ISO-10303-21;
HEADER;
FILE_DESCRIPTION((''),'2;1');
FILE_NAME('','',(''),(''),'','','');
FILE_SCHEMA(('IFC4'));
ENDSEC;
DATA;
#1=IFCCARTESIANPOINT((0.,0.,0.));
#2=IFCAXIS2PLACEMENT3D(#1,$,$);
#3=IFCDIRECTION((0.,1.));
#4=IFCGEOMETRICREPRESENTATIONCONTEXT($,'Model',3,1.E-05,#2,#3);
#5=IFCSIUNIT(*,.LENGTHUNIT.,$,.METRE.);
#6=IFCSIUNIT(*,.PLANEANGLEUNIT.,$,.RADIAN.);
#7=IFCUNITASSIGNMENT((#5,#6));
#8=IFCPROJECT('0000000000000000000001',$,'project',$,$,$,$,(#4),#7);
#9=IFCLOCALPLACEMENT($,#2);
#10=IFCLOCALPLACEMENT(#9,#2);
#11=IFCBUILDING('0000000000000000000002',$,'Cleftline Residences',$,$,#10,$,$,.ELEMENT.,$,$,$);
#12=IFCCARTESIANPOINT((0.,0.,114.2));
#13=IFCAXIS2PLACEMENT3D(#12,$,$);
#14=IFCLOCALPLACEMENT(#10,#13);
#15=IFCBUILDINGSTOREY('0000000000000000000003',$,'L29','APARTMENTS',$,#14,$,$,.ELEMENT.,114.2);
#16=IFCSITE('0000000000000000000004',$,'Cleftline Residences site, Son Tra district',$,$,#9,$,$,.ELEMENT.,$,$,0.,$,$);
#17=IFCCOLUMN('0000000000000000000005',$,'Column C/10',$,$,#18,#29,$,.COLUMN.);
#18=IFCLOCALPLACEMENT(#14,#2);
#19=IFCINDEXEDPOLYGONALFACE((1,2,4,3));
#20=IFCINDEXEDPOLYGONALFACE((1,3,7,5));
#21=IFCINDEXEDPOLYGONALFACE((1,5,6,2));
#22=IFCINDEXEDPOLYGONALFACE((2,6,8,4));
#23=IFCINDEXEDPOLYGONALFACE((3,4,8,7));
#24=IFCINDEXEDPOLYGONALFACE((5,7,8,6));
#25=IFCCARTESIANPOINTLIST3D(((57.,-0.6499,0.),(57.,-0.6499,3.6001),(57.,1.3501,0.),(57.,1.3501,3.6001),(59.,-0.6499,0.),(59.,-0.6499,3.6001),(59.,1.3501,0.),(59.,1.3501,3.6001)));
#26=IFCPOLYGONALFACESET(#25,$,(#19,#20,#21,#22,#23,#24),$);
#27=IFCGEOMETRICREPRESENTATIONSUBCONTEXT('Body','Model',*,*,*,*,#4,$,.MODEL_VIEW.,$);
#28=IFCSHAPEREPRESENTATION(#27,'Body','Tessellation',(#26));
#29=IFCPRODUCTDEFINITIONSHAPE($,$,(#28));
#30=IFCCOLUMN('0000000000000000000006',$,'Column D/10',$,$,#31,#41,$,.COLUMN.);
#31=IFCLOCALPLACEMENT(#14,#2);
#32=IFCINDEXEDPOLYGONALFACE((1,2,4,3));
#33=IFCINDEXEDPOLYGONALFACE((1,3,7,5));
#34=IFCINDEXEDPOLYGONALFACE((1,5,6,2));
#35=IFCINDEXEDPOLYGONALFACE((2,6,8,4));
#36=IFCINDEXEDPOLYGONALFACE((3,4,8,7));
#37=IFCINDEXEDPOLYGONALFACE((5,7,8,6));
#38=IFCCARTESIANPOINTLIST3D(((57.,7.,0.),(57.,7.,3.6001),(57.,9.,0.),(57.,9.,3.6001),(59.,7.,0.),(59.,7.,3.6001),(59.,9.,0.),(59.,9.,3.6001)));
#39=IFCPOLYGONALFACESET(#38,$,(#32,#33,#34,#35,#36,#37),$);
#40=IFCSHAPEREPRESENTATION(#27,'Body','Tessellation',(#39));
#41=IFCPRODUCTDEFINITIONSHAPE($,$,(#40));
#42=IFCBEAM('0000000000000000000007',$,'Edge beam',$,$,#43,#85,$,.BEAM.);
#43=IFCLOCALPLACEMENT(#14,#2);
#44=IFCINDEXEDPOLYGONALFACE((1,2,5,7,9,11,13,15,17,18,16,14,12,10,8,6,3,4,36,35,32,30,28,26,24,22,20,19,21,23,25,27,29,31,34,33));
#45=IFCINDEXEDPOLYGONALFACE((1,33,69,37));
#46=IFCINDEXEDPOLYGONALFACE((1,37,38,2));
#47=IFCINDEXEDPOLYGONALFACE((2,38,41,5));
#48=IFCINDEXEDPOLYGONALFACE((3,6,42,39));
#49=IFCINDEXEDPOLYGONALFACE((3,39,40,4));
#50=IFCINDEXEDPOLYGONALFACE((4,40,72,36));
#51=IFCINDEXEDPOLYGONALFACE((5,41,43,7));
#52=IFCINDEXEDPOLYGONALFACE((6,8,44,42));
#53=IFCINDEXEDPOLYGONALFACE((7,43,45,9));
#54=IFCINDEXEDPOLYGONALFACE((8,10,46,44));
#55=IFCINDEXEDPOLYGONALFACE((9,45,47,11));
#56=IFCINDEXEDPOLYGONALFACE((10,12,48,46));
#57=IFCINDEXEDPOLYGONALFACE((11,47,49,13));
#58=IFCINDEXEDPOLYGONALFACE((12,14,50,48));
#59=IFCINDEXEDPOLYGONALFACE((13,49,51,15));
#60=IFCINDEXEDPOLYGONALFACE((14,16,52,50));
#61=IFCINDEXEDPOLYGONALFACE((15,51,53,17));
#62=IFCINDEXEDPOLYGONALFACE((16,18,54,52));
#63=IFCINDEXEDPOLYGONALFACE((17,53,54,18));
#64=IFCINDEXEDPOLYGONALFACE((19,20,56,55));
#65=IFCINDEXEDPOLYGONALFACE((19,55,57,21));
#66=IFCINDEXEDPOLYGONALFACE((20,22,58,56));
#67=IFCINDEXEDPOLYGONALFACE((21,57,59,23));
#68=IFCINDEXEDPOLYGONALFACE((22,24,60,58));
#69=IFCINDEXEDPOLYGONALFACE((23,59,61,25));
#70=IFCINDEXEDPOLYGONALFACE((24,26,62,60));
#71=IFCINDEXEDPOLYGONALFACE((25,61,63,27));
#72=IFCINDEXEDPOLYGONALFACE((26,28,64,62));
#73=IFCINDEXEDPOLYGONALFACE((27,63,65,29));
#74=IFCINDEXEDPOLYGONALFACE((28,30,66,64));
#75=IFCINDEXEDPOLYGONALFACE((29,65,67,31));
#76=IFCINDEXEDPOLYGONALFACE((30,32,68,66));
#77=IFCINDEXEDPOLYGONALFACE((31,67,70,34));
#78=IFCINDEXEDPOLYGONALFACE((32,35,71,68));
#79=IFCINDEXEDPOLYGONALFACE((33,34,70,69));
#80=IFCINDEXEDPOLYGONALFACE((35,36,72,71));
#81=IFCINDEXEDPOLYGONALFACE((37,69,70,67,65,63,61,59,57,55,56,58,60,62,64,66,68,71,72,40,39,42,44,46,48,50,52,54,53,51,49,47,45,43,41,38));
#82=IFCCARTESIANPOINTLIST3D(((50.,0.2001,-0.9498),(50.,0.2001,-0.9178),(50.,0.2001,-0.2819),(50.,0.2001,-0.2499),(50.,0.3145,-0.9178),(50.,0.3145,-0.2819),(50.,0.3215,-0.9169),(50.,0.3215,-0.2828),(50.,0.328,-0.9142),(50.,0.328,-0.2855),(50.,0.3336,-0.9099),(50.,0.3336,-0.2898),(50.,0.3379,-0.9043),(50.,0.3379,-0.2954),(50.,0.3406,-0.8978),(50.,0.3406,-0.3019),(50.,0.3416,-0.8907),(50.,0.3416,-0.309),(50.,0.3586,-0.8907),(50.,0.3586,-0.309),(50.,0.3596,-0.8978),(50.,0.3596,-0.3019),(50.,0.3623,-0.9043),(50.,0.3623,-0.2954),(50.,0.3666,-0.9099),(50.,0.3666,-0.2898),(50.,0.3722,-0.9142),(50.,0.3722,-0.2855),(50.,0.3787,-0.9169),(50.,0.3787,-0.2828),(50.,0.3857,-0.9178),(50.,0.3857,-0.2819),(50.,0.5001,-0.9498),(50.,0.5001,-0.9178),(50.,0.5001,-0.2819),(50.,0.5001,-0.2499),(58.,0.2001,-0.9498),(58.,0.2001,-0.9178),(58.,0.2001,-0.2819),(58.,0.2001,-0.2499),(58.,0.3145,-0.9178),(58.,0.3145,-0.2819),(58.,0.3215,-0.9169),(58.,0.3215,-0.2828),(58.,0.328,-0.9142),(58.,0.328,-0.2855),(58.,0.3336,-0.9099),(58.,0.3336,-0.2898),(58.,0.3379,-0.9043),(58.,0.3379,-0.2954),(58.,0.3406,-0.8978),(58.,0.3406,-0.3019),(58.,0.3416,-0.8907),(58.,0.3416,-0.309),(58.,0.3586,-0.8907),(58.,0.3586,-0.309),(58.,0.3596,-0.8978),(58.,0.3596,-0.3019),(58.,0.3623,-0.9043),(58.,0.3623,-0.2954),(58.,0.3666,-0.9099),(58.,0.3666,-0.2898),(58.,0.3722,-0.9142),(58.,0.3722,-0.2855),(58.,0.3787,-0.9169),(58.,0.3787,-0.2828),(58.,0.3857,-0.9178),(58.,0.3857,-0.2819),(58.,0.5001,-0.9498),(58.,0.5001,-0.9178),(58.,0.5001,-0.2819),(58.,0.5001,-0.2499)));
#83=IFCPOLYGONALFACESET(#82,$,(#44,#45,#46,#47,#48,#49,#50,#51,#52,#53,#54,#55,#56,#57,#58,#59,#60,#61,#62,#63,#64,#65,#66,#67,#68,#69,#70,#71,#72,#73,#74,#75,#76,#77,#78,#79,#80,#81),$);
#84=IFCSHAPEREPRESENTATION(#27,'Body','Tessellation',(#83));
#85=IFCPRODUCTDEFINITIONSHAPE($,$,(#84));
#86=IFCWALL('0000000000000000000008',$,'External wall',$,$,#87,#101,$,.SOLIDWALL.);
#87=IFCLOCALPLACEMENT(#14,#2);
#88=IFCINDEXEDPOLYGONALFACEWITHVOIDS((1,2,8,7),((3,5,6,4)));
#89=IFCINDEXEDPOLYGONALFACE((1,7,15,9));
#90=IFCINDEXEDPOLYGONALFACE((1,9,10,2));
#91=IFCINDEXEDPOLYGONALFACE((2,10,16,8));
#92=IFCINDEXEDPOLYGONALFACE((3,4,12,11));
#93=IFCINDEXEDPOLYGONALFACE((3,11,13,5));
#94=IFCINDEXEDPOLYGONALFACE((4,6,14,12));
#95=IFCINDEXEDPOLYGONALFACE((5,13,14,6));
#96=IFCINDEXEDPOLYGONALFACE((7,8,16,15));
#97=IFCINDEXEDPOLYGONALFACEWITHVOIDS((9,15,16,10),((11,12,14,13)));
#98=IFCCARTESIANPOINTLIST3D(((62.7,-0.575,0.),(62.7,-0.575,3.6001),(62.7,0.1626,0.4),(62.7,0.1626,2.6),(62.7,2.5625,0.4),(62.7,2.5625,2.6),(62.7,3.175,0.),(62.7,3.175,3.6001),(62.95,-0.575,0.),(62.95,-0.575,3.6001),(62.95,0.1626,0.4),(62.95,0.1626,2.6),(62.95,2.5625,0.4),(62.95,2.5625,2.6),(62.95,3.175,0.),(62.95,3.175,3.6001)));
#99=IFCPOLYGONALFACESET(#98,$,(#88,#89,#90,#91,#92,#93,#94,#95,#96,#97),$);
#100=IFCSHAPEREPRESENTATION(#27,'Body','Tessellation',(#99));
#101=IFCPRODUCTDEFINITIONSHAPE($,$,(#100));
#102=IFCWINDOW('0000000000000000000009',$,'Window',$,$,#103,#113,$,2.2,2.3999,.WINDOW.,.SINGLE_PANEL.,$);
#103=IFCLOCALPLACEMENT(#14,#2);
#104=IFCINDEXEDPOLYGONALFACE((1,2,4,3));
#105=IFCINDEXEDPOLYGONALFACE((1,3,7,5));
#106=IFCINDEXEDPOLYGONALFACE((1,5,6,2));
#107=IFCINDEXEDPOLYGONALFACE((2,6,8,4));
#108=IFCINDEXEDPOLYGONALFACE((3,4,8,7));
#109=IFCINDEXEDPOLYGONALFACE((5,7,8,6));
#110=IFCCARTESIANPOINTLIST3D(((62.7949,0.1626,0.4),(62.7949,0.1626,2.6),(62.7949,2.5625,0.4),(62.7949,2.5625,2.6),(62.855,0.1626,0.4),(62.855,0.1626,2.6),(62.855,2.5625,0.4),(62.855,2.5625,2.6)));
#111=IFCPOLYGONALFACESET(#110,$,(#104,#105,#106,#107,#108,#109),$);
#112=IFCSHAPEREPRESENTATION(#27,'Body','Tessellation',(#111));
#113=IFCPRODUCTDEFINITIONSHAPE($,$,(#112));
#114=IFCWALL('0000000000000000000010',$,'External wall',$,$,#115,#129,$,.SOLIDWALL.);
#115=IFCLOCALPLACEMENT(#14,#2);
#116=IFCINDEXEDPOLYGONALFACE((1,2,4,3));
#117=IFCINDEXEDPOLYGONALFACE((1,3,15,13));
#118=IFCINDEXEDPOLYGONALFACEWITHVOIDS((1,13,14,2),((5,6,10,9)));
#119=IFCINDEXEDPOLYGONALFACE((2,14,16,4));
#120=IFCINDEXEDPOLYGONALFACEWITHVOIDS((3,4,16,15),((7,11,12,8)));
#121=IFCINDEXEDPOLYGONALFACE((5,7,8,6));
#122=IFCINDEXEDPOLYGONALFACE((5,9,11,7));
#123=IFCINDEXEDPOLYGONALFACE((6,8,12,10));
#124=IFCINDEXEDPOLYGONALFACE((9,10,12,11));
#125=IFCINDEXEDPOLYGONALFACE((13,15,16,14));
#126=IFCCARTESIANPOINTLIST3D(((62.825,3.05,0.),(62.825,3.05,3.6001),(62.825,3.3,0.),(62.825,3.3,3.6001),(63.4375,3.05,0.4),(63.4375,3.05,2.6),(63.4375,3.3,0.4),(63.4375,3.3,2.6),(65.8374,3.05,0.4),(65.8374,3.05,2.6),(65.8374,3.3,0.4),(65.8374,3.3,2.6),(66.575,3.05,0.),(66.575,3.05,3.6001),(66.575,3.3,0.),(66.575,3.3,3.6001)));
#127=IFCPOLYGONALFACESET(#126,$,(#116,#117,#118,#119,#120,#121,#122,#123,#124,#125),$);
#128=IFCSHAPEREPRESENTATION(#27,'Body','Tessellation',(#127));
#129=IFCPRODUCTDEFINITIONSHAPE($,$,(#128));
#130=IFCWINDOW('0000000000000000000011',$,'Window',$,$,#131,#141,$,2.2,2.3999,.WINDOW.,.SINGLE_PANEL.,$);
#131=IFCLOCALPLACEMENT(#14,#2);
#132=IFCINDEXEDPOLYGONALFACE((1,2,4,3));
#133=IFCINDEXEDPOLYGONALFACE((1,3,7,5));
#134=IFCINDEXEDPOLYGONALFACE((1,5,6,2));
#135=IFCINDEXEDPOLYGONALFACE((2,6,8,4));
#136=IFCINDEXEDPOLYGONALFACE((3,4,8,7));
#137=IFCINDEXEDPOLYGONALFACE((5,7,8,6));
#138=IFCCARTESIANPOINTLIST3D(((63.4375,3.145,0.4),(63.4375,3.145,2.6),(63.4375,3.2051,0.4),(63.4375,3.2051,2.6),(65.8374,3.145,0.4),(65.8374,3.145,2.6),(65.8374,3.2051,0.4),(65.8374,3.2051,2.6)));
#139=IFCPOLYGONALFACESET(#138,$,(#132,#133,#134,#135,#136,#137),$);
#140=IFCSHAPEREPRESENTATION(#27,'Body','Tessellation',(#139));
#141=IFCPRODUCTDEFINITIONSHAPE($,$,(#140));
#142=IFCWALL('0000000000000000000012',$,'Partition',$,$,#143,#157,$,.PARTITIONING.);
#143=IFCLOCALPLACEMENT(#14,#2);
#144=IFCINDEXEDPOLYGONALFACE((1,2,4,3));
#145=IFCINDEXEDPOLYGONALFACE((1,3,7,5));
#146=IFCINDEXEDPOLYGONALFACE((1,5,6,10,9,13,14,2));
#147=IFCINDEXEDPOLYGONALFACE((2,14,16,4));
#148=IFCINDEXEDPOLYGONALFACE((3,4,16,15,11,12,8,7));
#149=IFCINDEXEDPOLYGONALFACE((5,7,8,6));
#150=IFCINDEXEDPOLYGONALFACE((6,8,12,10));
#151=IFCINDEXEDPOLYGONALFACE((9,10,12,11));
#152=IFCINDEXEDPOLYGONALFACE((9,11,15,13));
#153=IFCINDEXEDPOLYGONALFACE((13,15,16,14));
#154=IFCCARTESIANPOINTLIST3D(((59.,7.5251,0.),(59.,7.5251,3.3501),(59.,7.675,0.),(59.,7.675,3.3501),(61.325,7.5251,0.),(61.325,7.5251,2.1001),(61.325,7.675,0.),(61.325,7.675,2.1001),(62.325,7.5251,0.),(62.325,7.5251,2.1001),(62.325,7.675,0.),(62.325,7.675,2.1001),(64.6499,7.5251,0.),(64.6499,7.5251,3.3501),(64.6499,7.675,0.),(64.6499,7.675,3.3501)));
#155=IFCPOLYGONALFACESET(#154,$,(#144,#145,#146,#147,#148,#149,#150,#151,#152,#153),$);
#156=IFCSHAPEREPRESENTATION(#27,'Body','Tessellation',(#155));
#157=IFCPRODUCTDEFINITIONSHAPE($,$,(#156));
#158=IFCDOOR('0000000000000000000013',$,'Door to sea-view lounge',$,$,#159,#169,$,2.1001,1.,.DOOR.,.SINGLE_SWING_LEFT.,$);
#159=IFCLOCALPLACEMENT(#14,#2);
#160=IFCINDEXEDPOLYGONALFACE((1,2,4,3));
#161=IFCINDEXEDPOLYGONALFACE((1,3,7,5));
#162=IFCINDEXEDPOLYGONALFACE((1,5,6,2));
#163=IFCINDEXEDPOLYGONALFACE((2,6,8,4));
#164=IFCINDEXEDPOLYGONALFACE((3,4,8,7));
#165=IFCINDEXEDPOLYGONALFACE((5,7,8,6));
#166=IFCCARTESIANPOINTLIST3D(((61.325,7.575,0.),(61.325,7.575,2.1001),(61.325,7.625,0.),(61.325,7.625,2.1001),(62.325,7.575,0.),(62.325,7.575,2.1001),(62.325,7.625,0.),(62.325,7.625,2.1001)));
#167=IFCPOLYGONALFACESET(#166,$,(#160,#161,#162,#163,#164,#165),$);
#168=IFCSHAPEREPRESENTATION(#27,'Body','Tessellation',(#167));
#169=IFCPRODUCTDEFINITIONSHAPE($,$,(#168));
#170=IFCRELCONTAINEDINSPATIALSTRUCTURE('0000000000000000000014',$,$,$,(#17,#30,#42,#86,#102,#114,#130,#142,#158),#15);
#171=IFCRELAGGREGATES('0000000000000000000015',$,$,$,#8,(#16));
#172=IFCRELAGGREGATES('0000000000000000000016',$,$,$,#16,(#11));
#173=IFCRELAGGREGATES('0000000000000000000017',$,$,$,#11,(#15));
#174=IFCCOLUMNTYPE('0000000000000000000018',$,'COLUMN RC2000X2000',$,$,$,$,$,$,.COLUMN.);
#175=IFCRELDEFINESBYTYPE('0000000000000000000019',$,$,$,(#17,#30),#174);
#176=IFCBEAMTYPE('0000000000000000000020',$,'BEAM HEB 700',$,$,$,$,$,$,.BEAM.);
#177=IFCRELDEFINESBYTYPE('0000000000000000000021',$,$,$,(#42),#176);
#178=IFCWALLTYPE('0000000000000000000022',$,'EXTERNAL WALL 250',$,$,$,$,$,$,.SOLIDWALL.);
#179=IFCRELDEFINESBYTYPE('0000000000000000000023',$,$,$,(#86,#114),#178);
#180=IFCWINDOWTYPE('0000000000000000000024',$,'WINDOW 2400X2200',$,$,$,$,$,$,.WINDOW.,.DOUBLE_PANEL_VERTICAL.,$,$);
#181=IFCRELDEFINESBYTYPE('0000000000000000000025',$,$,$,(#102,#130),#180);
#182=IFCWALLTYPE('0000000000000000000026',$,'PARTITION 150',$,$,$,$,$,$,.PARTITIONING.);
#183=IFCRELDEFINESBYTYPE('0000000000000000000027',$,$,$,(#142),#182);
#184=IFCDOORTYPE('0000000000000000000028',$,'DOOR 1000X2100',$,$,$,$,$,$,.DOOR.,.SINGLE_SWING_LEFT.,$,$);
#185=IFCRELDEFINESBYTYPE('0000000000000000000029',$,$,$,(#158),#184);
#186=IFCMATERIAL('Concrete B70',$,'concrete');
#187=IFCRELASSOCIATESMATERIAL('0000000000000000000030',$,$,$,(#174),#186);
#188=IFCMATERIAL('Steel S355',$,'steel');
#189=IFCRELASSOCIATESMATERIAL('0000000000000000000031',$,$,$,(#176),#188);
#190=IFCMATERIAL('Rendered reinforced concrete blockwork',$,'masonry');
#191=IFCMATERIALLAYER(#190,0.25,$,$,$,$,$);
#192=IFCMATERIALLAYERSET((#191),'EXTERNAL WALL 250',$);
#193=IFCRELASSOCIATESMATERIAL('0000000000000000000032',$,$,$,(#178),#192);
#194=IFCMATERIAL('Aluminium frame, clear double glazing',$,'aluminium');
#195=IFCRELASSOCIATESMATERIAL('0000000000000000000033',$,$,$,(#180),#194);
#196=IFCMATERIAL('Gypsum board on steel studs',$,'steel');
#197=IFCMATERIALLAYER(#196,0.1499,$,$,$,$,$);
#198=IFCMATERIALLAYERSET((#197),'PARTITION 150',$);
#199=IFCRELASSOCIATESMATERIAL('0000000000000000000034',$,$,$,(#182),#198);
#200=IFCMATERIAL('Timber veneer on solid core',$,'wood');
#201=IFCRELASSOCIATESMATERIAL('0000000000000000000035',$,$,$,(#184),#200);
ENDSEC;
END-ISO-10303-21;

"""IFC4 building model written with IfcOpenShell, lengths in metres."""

from ifc_helpers import new_model, si_unit, direction, frame, frame_2d, origin, origin_2d, place, context, subcontext, project, spatial, rectangle, i_section, extrude, material, layer, layer_set, material_profile, profile_set, type_object, element, fill, save


model = new_model("IFC4")

# Units and contexts
model_context = context("Model", 3, precision=1e-05, world=origin(), true_north=direction((0.0, 1.0)))
body_context = subcontext(model_context, "Body", "Model", "MODEL_VIEW")
ifc_project = project(units=[si_unit("LENGTHUNIT", "METRE"), si_unit("PLANEANGLEUNIT", "RADIAN")], contexts=[model_context])

# Site, building, storey
site_placement = place(None, origin())
site = spatial("IfcSite", under=ifc_project, at=site_placement, Name="Cleftline Residences site, Son Tra district", CompositionType="ELEMENT", RefElevation=0.0)
building_placement = place(site_placement, origin())
building = spatial("IfcBuilding", under=site, at=building_placement, Name="Cleftline Residences", CompositionType="ELEMENT")
storey_placement = place(building_placement, frame((0.0, 0.0, 114.2)))
storey = spatial("IfcBuildingStorey", under=building, at=storey_placement, Name="L29", Description="APARTMENTS", CompositionType="ELEMENT", Elevation=114.2)

# Columns
ifc_material_1 = material(Name="Concrete B70", Category="concrete")
ifc_material_profile_1 = material_profile(ifc_material_1, rectangle(XDim=2.0, YDim=2.0, at=origin_2d()))
ifc_profile_set_1 = profile_set([ifc_material_profile_1], Name="Concrete B70")
column_type = type_object("IfcColumnType", Name="COLUMN RC2000X2000", PredefinedType="COLUMN", material=ifc_profile_set_1)
for number, where, z_axis, x_axis, name in (
    (1, (58.0, 0.3501, 0.0), (0.0, 0.0, 1.0), (1.0, 0.0, 0.0), "Column C/10"),
    (2, (58.0, 8.0, 0.0), (0.0, 0.0, 1.0), (1.0, 0.0, 0.0), "Column D/10"),
):
    element("IfcColumn", number, at=place(storey_placement, frame(where, z_axis=z_axis, x_axis=x_axis)), inside=storey, type_object=column_type, Name=name, PredefinedType="COLUMN", context=body_context, shape_type="SweptSolid", body=[
        extrude(rectangle(XDim=2.0, YDim=2.0, at=origin_2d()), origin(), (0.0, 0.0, 1.0), 3.6001),
    ])

# Beam
ifc_material_2 = material(Name="Steel S355", Category="steel")
ifc_material_profile_2 = material_profile(ifc_material_2, i_section(OverallWidth=0.3, OverallDepth=0.7, WebThickness=0.0171, FlangeThickness=0.032, FilletRadius=0.0271, at=origin_2d()))
ifc_profile_set_2 = profile_set([ifc_material_profile_2], Name="Steel S355")
beam_type = type_object("IfcBeamType", Name="BEAM HEB 700", PredefinedType="BEAM", material=ifc_profile_set_2)
beam_placement = place(storey_placement, frame((58.0, 0.3501, -0.5999), z_axis=(-1.0, 0.0, 0.0), x_axis=(0.0, -1.0, 0.0)))
element("IfcBeam", 3, at=beam_placement, inside=storey, type_object=beam_type, Name="Edge beam", PredefinedType="BEAM", context=body_context, shape_type="SweptSolid", body=[
    extrude(i_section(OverallWidth=0.3, OverallDepth=0.7, WebThickness=0.0171, FlangeThickness=0.032, FilletRadius=0.0271, at=origin_2d()), origin(), (0.0, 0.0, 1.0), 8.0),
])

# Walls, openings, windows
ifc_material_3 = material(Name="Rendered reinforced concrete blockwork", Category="masonry")
ifc_layer_1 = layer(ifc_material_3, 0.25)
ifc_layer_set_1 = layer_set([ifc_layer_1], Name="EXTERNAL WALL 250")
wall_type_1 = type_object("IfcWallType", Name="EXTERNAL WALL 250", PredefinedType="SOLIDWALL", material=ifc_layer_set_1)
wall_1_placement = place(storey_placement, frame((62.825, -0.575, 0.0), z_axis=(0.0, 0.0, 1.0), x_axis=(0.0, 1.0, 0.0)))
wall_1 = element("IfcWall", 4, at=wall_1_placement, inside=storey, type_object=wall_type_1, Name="External wall", PredefinedType="SOLIDWALL", context=body_context, shape_type="SweptSolid", body=[
    extrude(rectangle(XDim=3.75, YDim=0.25, at=frame_2d((1.875, 0.0))), origin(), (0.0, 0.0, 1.0), 3.6001),
])
opening_1_placement = place(wall_1_placement, frame((0.7375, 0.0, 0.3999)))
opening_1 = element("IfcOpeningElement", 5, at=opening_1_placement, cuts=wall_1, PredefinedType="OPENING", context=body_context, shape_type="SweptSolid", body=[
    extrude(rectangle(XDim=2.3999, YDim=2.2, at=frame_2d((1.2, 1.1001))), frame((0.0, 0.135, 0.0), z_axis=(0.0, -1.0, 0.0), x_axis=(1.0, 0.0, 0.0)), (0.0, 0.0, 1.0), 0.27),
])
ifc_material_4 = material(Name="Aluminium frame, clear double glazing", Category="aluminium")
window_type = type_object("IfcWindowType", Name="WINDOW 2400X2200", PartitioningType="DOUBLE_PANEL_VERTICAL", PredefinedType="WINDOW", material=ifc_material_4)
window_1_placement = place(opening_1_placement, origin())
window_1 = element("IfcWindow", 6, at=window_1_placement, inside=storey, type_object=window_type, Name="Window", OverallHeight=2.2, OverallWidth=2.3999, PartitioningType="SINGLE_PANEL", PredefinedType="WINDOW", context=body_context, shape_type="SweptSolid", body=[
    extrude(rectangle(XDim=2.3999, YDim=2.2, at=frame_2d((1.2, 1.1001))), frame((0.0, 0.03, 0.0), z_axis=(0.0, -1.0, 0.0), x_axis=(1.0, 0.0, 0.0)), (0.0, 0.0, 1.0), 0.0601),
])
fill(opening_1, window_1)
wall_2_placement = place(storey_placement, frame((62.825, 3.175, 0.0), z_axis=(0.0, 0.0, 1.0), x_axis=(1.0, 0.0, 0.0)))
wall_2 = element("IfcWall", 7, at=wall_2_placement, inside=storey, type_object=wall_type_1, Name="External wall", PredefinedType="SOLIDWALL", context=body_context, shape_type="SweptSolid", body=[
    extrude(rectangle(XDim=3.75, YDim=0.25, at=frame_2d((1.875, 0.0))), origin(), (0.0, 0.0, 1.0), 3.6001),
])
opening_2_placement = place(wall_2_placement, frame((0.6125, 0.0, 0.3999)))
opening_2 = element("IfcOpeningElement", 8, at=opening_2_placement, cuts=wall_2, PredefinedType="OPENING", context=body_context, shape_type="SweptSolid", body=[
    extrude(rectangle(XDim=2.3999, YDim=2.2, at=frame_2d((1.2, 1.1001))), frame((0.0, 0.135, 0.0), z_axis=(0.0, -1.0, 0.0), x_axis=(1.0, 0.0, 0.0)), (0.0, 0.0, 1.0), 0.27),
])
window_2_placement = place(opening_2_placement, origin())
window_2 = element("IfcWindow", 9, at=window_2_placement, inside=storey, type_object=window_type, Name="Window", OverallHeight=2.2, OverallWidth=2.3999, PartitioningType="SINGLE_PANEL", PredefinedType="WINDOW", context=body_context, shape_type="SweptSolid", body=[
    extrude(rectangle(XDim=2.3999, YDim=2.2, at=frame_2d((1.2, 1.1001))), frame((0.0, 0.03, 0.0), z_axis=(0.0, -1.0, 0.0), x_axis=(1.0, 0.0, 0.0)), (0.0, 0.0, 1.0), 0.0601),
])
fill(opening_2, window_2)

# Wall, opening, door
ifc_material_5 = material(Name="Gypsum board on steel studs", Category="steel")
ifc_layer_2 = layer(ifc_material_5, 0.1499)
ifc_layer_set_2 = layer_set([ifc_layer_2], Name="PARTITION 150")
wall_type_2 = type_object("IfcWallType", Name="PARTITION 150", PredefinedType="PARTITIONING", material=ifc_layer_set_2)
wall_3_placement = place(storey_placement, frame((59.0, 7.6001, 0.0), z_axis=(0.0, 0.0, 1.0), x_axis=(1.0, 0.0, 0.0)))
wall_3 = element("IfcWall", 10, at=wall_3_placement, inside=storey, type_object=wall_type_2, Name="Partition", PredefinedType="PARTITIONING", context=body_context, shape_type="SweptSolid", body=[
    extrude(rectangle(XDim=5.6499, YDim=0.1499, at=frame_2d((2.825, 0.0))), origin(), (0.0, 0.0, 1.0), 3.3501),
])
opening_3_placement = place(wall_3_placement, frame((2.325, 0.0, 0.0)))
opening_3 = element("IfcOpeningElement", 11, at=opening_3_placement, cuts=wall_3, PredefinedType="OPENING", context=body_context, shape_type="SweptSolid", body=[
    extrude(rectangle(XDim=1.0, YDim=2.1001, at=frame_2d((0.5, 1.05))), frame((0.0, 0.085, 0.0), z_axis=(0.0, -1.0, 0.0), x_axis=(1.0, 0.0, 0.0)), (0.0, 0.0, 1.0), 0.1699),
])
ifc_material_6 = material(Name="Timber veneer on solid core", Category="wood")
door_type_1 = type_object("IfcDoorType", Name="DOOR 1000X2100", OperationType="SINGLE_SWING_LEFT", PredefinedType="DOOR", material=ifc_material_6)
door_1_placement = place(opening_3_placement, origin())
door_1 = element("IfcDoor", 12, at=door_1_placement, inside=storey, type_object=door_type_1, Name="Door to sea-view lounge", OperationType="SINGLE_SWING_LEFT", OverallHeight=2.1001, OverallWidth=1.0, PredefinedType="DOOR", context=body_context, shape_type="SweptSolid", body=[
    extrude(rectangle(XDim=1.0, YDim=2.1001, at=frame_2d((0.5, 1.05))), frame((0.0, 0.0249, 0.0), z_axis=(0.0, -1.0, 0.0), x_axis=(1.0, 0.0, 0.0)), (0.0, 0.0, 1.0), 0.05),
])
fill(opening_3, door_1)

save(model, "model.ifc")
